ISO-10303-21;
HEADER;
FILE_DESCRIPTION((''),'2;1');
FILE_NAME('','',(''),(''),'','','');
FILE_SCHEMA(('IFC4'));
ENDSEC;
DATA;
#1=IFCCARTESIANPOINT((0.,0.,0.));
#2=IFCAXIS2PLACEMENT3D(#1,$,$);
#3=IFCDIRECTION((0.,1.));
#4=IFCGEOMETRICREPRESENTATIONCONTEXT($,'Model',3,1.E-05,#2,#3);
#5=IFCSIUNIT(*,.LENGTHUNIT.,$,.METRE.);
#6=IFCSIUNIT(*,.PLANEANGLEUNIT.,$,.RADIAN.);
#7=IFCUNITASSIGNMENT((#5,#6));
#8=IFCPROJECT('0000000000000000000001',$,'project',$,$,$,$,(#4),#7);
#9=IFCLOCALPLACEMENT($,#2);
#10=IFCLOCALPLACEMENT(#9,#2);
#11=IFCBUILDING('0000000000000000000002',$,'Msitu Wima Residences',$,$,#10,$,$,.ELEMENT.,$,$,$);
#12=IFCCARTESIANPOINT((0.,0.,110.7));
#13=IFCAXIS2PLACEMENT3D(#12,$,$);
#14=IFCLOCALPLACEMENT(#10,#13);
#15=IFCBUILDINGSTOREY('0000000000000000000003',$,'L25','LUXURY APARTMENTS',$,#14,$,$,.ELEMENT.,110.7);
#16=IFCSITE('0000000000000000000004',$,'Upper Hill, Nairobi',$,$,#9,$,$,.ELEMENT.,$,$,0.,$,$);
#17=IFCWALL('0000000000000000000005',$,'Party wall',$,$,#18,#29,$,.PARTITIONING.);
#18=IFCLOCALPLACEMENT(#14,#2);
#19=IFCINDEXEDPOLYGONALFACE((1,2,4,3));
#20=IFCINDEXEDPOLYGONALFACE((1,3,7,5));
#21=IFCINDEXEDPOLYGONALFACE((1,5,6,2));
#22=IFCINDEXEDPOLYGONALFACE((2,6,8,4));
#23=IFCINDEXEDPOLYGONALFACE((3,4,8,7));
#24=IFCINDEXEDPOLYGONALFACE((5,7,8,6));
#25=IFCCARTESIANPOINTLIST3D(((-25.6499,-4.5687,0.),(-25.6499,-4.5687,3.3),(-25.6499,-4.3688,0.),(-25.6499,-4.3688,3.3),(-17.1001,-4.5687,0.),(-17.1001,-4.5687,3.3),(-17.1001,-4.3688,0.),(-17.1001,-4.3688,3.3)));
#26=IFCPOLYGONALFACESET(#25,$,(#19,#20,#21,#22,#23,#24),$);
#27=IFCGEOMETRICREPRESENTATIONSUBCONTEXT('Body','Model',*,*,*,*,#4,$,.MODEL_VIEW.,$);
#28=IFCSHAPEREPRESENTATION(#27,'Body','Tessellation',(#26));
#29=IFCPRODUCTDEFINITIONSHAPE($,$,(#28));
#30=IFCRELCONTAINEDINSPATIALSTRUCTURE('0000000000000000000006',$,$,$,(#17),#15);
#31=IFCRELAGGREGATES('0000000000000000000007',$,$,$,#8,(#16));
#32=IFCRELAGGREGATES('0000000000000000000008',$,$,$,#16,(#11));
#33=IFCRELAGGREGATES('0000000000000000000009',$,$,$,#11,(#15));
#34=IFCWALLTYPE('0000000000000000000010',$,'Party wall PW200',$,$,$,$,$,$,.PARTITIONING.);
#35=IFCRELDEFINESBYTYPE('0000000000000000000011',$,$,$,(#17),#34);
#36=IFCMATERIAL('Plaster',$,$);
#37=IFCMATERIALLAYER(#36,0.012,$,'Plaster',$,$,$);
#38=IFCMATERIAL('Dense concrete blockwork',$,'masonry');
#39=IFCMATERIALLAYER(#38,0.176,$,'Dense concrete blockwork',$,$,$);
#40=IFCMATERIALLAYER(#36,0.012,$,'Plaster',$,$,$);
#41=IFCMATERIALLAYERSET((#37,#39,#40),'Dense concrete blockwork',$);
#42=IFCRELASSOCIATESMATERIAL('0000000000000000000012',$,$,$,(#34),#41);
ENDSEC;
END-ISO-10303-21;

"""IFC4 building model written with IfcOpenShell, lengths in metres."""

from ifc_helpers import new_model, si_unit, direction, frame, frame_2d, origin, place, context, subcontext, project, spatial, rectangle, extrude, material, layer, layer_set, type_object, element, save


model = new_model("IFC4")

# Units and contexts
model_context = context("Model", 3, precision=1e-05, world=origin(), true_north=direction((0.0, 1.0)))
body_context = subcontext(model_context, "Body", "Model", "MODEL_VIEW")
ifc_project = project(units=[si_unit("LENGTHUNIT", "METRE"), si_unit("PLANEANGLEUNIT", "RADIAN")], contexts=[model_context])

# Site, building, storey
site_placement = place(None, origin())
site = spatial("IfcSite", under=ifc_project, at=site_placement, Name="Upper Hill, Nairobi", CompositionType="ELEMENT", RefElevation=0.0)
building_placement = place(site_placement, origin())
building = spatial("IfcBuilding", under=site, at=building_placement, Name="Msitu Wima Residences", CompositionType="ELEMENT")
storey_placement = place(building_placement, frame((0.0, 0.0, 110.7)))
storey = spatial("IfcBuildingStorey", under=building, at=storey_placement, Name="L25", Description="LUXURY APARTMENTS", CompositionType="ELEMENT", Elevation=110.7)

# Wall
ifc_material_1 = material(Name="Plaster")
ifc_layer_1 = layer(ifc_material_1, 0.012, Name="Plaster")
ifc_material_2 = material(Name="Dense concrete blockwork", Category="masonry")
ifc_layer_2 = layer(ifc_material_2, 0.176, Name="Dense concrete blockwork")
ifc_layer_3 = layer(ifc_material_1, 0.012, Name="Plaster")
ifc_layer_set_1 = layer_set([ifc_layer_1, ifc_layer_2, ifc_layer_3], Name="Dense concrete blockwork")
wall_type_1 = type_object("IfcWallType", Name="Party wall PW200", PredefinedType="PARTITIONING", material=ifc_layer_set_1)
wall_1_placement = place(storey_placement, frame((-25.6499, -4.4688, 0.0), z_axis=(0.0, 0.0, 1.0), x_axis=(1.0, 0.0, 0.0)))
element("IfcWall", 1, at=wall_1_placement, inside=storey, type_object=wall_type_1, Name="Party wall", PredefinedType="PARTITIONING", context=body_context, shape_type="SweptSolid", body=[
    extrude(rectangle(XDim=8.5498, YDim=0.2, at=frame_2d((4.2749, 0.0))), origin(), (0.0, 0.0, 1.0), 3.3),
])

save(model, "model.ifc")
